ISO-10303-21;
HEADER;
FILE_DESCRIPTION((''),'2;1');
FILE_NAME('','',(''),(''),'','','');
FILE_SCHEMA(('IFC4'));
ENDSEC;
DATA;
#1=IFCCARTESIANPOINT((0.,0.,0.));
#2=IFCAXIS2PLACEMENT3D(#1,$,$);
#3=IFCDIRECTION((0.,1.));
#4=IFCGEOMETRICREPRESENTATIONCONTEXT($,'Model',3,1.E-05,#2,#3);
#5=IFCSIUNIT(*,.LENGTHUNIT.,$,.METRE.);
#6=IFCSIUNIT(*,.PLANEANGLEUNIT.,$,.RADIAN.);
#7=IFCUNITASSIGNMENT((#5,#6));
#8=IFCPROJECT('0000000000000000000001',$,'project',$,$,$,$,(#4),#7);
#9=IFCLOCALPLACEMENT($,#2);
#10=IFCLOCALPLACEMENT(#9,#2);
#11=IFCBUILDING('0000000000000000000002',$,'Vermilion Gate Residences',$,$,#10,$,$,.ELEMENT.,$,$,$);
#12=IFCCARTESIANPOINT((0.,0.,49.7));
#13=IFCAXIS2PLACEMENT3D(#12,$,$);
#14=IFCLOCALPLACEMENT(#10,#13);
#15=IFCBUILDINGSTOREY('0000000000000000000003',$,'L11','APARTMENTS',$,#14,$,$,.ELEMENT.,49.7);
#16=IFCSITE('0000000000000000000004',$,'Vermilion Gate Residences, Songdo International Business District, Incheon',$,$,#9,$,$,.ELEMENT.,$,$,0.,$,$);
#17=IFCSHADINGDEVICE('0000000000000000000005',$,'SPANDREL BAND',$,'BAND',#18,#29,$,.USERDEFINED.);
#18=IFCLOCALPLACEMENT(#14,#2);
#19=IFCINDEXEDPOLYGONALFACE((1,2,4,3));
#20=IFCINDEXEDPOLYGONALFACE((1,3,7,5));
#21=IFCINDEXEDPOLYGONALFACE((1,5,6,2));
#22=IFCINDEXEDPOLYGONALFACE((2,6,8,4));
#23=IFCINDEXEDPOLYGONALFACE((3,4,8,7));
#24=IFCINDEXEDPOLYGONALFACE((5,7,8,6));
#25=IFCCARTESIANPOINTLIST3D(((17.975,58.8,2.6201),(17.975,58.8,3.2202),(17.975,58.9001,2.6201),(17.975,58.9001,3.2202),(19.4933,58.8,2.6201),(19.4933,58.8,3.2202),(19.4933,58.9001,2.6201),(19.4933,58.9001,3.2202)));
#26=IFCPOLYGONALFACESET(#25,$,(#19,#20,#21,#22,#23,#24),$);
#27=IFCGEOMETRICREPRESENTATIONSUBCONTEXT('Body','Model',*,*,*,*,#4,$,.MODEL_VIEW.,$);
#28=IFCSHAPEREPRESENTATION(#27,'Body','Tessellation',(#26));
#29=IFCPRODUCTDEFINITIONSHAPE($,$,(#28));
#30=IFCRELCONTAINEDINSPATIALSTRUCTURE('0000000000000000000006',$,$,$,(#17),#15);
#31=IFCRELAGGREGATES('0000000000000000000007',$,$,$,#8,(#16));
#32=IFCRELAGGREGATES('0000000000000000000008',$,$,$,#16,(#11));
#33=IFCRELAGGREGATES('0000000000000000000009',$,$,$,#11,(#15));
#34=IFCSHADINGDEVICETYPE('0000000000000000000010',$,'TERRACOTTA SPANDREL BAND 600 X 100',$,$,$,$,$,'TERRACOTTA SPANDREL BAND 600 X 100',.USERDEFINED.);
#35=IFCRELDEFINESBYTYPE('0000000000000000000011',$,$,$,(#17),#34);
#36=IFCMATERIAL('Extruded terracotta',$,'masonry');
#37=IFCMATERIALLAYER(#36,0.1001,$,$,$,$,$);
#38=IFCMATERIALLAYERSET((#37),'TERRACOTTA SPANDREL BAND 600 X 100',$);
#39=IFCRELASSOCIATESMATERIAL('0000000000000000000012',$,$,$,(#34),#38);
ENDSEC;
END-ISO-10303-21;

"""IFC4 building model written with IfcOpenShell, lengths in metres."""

from ifc_helpers import new_model, si_unit, direction, frame, origin, origin_2d, place, context, subcontext, project, spatial, rectangle, extrude, material, layer, layer_set, type_object, element, save


model = new_model("IFC4")

# Units and contexts
model_context = context("Model", 3, precision=1e-05, world=origin(), true_north=direction((0.0, 1.0)))
body_context = subcontext(model_context, "Body", "Model", "MODEL_VIEW")
ifc_project = project(units=[si_unit("LENGTHUNIT", "METRE"), si_unit("PLANEANGLEUNIT", "RADIAN")], contexts=[model_context])

# Site, building, storey
site_placement = place(None, origin())
site = spatial("IfcSite", under=ifc_project, at=site_placement, Name="Vermilion Gate Residences, Songdo International Business District, Incheon", CompositionType="ELEMENT", RefElevation=0.0)
building_placement = place(site_placement, origin())
building = spatial("IfcBuilding", under=site, at=building_placement, Name="Vermilion Gate Residences", CompositionType="ELEMENT")
storey_placement = place(building_placement, frame((0.0, 0.0, 49.7)))
storey = spatial("IfcBuildingStorey", under=building, at=storey_placement, Name="L11", Description="APARTMENTS", CompositionType="ELEMENT", Elevation=49.7)

# Shading device
ifc_material_1 = material(Name="Extruded terracotta", Category="masonry")
ifc_layer_1 = layer(ifc_material_1, 0.1001)
ifc_layer_set_1 = layer_set([ifc_layer_1], Name="TERRACOTTA SPANDREL BAND 600 X 100")
shading_device_type = type_object("IfcShadingDeviceType", Name="TERRACOTTA SPANDREL BAND 600 X 100", ElementType="TERRACOTTA SPANDREL BAND 600 X 100", PredefinedType="USERDEFINED", material=ifc_layer_set_1)
shading_device_1_placement = place(storey_placement, frame((18.7341, 58.8501, 2.6201), z_axis=(0.0, 0.0, 1.0), x_axis=(1.0, 0.0, 0.0)))
element("IfcShadingDevice", 1, at=shading_device_1_placement, inside=storey, type_object=shading_device_type, Name="SPANDREL BAND", ObjectType="BAND", PredefinedType="USERDEFINED", context=body_context, shape_type="SweptSolid", body=[
    extrude(rectangle(XDim=1.5183, YDim=0.1001, at=origin_2d()), origin(), (0.0, 0.0, 1.0), 0.6001),
])

save(model, "model.ifc")
